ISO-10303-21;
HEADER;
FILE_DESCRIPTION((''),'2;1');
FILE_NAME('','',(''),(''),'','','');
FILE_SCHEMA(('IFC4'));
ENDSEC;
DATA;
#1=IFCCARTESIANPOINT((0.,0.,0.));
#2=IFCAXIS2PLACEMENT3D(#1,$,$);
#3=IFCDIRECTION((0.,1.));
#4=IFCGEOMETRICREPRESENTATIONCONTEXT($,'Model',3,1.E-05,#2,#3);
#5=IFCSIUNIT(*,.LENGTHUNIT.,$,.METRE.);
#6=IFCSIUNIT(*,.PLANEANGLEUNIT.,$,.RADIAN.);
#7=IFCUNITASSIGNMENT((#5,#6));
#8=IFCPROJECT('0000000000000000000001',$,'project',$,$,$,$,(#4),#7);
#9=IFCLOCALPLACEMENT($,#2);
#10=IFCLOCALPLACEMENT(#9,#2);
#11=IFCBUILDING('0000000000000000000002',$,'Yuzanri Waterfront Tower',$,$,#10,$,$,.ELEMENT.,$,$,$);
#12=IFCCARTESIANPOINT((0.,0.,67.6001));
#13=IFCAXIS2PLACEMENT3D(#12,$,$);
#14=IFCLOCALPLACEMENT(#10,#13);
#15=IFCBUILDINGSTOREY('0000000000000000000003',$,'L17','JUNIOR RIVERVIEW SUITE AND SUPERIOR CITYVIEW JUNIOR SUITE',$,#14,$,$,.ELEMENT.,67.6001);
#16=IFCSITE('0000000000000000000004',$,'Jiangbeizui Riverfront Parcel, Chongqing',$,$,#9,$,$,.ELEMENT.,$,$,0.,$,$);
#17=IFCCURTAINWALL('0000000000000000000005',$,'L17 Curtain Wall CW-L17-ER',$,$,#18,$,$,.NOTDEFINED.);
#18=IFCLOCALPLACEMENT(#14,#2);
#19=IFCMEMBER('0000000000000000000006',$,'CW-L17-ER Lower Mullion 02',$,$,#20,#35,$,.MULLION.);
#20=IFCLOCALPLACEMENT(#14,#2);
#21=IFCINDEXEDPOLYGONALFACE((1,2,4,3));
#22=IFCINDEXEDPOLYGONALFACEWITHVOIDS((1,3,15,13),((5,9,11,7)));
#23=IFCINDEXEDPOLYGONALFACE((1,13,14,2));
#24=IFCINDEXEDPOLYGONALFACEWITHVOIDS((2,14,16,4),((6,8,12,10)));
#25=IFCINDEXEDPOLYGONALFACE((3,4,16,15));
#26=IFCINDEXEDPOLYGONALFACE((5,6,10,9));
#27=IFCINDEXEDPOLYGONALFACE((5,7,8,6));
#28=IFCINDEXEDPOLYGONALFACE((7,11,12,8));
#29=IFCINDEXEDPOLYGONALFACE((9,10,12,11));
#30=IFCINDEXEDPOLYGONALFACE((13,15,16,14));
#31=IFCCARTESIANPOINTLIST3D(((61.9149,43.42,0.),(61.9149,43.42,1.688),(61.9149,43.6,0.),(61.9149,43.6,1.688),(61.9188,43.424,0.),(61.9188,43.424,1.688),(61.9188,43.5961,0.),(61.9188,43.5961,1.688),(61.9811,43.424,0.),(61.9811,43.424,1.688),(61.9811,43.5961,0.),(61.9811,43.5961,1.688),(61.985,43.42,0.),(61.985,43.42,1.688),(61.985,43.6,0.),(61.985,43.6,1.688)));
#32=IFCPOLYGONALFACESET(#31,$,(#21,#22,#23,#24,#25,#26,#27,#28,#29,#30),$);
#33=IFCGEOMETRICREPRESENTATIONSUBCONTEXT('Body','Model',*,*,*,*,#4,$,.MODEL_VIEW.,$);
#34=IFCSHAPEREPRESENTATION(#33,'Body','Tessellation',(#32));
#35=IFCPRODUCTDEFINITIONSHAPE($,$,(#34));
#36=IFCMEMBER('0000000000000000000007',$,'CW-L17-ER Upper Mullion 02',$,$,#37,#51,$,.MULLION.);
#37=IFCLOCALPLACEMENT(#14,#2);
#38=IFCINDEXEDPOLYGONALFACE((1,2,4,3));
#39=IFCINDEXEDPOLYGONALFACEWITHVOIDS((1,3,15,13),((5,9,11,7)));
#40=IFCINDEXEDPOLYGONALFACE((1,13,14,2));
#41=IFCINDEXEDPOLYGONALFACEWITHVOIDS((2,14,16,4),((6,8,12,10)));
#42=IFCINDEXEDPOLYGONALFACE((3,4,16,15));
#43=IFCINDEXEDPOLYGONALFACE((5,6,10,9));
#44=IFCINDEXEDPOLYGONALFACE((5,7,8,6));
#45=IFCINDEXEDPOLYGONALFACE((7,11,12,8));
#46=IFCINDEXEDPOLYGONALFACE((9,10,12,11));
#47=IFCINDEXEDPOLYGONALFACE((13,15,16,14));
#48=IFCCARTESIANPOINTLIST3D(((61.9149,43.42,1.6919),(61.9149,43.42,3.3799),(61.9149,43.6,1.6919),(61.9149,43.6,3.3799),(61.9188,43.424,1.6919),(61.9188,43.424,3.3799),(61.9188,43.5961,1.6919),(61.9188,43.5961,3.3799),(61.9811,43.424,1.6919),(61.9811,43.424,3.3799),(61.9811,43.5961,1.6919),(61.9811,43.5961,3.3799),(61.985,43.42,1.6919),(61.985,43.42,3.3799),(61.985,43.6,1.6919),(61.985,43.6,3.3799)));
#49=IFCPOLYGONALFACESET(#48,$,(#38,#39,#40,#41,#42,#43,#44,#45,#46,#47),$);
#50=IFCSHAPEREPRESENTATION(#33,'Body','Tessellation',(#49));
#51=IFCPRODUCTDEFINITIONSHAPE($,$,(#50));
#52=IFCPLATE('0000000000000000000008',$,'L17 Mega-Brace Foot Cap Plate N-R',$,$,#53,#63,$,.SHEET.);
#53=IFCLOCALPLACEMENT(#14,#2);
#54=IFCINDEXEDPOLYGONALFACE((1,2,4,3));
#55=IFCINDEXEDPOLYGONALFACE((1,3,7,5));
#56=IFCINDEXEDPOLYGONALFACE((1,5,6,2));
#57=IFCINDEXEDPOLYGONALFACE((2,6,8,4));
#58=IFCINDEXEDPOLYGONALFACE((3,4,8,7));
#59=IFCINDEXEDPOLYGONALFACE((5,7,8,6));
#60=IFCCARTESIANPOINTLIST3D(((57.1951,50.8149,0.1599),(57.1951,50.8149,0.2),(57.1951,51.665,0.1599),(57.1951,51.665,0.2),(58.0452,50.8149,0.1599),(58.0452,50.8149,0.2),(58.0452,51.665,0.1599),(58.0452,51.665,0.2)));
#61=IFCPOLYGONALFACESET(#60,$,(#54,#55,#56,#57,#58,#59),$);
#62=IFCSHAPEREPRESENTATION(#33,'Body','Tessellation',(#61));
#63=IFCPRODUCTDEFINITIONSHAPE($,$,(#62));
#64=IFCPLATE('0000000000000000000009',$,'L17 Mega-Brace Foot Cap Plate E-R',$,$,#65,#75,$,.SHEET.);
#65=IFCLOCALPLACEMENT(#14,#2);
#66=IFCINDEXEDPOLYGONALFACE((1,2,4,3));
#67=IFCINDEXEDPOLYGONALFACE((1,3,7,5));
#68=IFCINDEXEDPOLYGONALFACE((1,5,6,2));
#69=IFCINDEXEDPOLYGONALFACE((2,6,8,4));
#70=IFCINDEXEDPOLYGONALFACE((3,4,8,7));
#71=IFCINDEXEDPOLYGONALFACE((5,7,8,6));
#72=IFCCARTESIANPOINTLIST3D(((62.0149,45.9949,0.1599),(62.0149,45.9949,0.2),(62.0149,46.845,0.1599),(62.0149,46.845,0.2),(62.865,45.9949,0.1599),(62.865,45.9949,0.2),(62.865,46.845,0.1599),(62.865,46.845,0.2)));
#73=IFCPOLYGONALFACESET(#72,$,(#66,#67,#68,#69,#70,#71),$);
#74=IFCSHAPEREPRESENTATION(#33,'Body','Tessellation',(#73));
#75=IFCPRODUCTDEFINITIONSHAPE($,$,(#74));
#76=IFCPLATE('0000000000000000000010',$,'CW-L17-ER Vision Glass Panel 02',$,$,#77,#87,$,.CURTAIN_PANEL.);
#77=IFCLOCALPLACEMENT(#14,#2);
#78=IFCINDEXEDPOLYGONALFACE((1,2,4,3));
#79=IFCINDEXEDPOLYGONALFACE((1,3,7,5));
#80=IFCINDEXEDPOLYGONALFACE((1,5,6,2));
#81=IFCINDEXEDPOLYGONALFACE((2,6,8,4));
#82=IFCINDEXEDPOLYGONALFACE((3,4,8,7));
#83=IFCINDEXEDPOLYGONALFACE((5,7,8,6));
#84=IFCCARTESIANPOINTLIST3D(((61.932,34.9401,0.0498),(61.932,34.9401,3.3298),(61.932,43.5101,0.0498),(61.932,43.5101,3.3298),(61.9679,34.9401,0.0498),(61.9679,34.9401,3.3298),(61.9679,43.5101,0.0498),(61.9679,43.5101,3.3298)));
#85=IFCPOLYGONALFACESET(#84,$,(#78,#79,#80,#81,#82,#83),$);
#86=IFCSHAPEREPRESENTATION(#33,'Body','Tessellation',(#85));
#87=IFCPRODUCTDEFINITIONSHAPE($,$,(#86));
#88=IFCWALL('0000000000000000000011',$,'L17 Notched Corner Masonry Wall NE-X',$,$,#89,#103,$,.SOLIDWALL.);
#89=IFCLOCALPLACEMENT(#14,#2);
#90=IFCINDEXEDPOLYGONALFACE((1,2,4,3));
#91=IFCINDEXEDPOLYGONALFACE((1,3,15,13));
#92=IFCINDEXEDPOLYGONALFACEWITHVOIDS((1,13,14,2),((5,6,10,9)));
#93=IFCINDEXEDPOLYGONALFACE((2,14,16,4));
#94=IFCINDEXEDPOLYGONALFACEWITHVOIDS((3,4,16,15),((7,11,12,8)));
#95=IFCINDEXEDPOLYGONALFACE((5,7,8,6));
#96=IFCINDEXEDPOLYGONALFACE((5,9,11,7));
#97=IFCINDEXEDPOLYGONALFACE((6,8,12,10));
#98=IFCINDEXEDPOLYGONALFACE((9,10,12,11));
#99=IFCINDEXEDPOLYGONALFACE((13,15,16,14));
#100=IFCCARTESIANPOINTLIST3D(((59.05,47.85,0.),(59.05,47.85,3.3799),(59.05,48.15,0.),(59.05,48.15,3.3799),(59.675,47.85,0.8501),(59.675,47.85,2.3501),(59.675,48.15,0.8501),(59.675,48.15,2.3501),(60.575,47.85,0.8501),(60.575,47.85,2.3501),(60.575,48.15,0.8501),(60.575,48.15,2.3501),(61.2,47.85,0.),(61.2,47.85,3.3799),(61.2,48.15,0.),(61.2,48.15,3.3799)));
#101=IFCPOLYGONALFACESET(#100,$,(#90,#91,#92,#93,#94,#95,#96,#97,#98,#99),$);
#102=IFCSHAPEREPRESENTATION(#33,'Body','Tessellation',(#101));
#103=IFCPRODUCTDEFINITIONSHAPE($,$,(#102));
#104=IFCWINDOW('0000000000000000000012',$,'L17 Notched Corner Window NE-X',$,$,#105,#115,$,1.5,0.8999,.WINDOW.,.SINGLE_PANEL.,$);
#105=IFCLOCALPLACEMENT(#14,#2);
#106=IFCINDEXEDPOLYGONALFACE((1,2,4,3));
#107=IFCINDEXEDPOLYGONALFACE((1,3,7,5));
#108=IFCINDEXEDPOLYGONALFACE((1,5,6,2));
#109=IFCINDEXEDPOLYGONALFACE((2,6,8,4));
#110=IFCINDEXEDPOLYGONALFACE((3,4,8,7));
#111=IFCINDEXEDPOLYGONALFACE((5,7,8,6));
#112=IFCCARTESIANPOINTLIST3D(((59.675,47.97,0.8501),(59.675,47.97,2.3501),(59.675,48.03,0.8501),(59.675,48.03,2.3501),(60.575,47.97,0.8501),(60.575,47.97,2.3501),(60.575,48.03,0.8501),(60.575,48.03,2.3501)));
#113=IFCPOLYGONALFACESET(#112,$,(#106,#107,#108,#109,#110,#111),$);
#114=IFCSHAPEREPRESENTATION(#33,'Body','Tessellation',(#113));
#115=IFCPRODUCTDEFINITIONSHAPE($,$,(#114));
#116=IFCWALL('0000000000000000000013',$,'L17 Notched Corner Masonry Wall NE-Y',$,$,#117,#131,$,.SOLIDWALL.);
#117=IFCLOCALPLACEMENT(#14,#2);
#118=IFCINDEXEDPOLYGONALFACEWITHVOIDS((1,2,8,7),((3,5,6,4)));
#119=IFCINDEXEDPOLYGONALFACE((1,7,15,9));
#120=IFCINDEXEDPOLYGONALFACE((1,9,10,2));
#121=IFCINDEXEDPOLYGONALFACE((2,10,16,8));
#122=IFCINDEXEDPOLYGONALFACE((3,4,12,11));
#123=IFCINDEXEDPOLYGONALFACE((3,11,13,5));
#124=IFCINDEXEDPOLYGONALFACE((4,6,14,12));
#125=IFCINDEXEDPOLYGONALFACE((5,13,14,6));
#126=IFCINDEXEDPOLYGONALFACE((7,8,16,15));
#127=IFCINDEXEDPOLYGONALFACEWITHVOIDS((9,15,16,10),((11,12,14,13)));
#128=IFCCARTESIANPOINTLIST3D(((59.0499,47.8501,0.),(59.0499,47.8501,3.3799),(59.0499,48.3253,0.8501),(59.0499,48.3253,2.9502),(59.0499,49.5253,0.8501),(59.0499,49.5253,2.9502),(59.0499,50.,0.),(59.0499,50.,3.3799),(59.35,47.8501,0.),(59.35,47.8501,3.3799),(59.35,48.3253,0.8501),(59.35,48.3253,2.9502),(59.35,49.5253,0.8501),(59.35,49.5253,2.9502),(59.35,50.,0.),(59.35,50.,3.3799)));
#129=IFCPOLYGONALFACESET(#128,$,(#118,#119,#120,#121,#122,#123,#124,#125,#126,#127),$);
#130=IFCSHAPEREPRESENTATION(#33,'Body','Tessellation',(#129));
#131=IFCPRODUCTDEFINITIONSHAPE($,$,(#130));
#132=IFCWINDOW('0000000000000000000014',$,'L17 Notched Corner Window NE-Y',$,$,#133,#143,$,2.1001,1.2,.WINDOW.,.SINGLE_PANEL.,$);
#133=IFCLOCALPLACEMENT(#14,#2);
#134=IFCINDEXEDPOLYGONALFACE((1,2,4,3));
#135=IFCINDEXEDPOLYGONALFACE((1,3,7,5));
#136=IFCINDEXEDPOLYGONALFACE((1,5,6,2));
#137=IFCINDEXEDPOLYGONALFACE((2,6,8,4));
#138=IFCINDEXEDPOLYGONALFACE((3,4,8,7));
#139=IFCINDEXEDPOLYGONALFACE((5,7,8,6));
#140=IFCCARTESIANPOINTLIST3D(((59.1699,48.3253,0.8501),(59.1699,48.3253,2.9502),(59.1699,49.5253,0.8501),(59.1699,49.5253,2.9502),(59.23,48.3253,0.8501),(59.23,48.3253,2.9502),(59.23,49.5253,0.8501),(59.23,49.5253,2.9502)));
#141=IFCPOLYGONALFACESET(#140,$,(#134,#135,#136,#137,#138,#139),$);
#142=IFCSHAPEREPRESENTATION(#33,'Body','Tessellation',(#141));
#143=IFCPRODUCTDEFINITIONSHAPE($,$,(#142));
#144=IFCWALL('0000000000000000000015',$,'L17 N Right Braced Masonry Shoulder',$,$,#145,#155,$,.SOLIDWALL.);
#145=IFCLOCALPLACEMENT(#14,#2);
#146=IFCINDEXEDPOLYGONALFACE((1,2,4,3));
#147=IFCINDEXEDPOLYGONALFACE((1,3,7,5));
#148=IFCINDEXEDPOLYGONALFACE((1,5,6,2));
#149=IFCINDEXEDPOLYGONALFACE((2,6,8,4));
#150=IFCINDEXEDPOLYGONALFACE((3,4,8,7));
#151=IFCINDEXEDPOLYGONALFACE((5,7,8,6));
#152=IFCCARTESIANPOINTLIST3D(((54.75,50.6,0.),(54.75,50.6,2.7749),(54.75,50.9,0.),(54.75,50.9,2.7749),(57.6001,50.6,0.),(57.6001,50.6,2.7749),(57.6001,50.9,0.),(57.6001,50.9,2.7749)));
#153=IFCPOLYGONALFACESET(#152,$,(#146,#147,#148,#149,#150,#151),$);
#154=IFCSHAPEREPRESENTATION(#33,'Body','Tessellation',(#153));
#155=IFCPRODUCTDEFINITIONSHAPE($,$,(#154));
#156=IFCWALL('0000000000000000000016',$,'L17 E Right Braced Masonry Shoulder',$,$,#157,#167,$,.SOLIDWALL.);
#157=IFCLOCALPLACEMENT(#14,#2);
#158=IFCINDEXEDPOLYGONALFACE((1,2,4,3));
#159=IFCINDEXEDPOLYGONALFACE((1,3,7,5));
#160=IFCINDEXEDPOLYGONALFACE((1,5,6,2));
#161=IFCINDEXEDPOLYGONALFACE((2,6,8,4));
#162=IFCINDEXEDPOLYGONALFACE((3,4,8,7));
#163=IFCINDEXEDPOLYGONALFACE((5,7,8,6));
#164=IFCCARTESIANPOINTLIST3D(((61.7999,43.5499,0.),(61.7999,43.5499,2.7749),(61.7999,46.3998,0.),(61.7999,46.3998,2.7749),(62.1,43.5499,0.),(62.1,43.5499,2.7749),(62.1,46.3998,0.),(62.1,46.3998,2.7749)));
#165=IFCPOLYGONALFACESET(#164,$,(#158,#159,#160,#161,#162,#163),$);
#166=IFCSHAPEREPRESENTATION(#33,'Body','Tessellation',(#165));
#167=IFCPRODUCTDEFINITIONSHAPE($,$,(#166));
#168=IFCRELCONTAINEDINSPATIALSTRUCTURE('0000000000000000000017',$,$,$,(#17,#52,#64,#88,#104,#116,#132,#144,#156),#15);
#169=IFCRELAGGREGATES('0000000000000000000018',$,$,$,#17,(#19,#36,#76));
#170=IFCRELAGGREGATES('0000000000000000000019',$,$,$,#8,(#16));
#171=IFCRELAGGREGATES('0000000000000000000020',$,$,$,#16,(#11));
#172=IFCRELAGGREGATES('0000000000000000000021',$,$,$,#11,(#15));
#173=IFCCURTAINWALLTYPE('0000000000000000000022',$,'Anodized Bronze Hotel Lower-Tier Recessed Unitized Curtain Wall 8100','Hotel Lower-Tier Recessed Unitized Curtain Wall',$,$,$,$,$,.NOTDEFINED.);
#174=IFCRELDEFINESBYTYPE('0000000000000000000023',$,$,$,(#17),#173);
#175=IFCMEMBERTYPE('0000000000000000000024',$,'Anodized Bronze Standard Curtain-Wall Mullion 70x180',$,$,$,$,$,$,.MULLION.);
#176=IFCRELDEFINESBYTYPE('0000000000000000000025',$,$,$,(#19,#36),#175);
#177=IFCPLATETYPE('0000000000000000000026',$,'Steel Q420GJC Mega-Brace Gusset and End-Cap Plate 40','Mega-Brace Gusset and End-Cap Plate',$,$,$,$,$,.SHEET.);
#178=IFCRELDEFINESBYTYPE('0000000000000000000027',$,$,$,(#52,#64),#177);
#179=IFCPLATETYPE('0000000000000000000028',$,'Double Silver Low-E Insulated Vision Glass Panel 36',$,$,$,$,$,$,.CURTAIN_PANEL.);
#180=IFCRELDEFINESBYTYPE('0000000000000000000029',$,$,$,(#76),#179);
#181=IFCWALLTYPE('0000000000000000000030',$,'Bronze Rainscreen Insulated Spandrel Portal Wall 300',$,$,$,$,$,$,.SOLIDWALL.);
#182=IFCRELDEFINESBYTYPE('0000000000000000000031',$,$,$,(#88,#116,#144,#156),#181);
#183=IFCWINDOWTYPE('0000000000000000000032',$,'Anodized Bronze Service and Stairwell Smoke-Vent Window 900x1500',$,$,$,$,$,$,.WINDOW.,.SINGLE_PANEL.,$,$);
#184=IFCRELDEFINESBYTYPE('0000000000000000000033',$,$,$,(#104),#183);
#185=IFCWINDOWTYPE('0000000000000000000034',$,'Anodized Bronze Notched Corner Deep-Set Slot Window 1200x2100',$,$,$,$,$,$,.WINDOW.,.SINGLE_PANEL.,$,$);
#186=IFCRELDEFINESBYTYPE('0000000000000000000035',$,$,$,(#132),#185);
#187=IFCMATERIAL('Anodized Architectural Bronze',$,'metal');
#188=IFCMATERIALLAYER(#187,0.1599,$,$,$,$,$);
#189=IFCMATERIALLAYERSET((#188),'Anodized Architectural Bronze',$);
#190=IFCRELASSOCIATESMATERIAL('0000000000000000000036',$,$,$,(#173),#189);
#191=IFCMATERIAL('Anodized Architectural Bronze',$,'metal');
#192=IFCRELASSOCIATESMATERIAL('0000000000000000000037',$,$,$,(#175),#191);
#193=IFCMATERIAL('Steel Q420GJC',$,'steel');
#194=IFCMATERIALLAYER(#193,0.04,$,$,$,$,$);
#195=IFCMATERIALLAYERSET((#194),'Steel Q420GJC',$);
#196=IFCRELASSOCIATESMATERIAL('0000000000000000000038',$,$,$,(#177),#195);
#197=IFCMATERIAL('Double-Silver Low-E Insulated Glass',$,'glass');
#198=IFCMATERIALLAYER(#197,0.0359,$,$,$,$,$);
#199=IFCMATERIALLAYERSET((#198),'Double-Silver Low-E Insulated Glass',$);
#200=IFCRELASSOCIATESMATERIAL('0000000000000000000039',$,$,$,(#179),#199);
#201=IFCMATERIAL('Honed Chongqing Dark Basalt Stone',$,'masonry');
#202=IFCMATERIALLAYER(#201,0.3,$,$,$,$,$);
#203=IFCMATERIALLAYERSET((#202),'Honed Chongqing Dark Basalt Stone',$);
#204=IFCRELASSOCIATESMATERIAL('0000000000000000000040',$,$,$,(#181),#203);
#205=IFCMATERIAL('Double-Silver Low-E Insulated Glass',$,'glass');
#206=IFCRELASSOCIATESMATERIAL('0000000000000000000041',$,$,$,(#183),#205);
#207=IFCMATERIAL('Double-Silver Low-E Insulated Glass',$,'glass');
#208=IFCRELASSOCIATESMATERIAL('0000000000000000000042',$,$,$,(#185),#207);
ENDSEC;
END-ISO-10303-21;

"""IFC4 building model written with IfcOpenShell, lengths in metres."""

from ifc_helpers import new_model, si_unit, direction, frame, frame_2d, origin, origin_2d, place, context, subcontext, project, spatial, rectangle, hollow_rectangle, extrude, source, transform, mapped, material, layer, layer_set, material_profile, profile_set, type_object, element, fill, aggregate, save


model = new_model("IFC4")

# Units and contexts
model_context = context("Model", 3, precision=1e-05, world=origin(), true_north=direction((0.0, 1.0)))
body_context = subcontext(model_context, "Body", "Model", "MODEL_VIEW")
ifc_project = project(units=[si_unit("LENGTHUNIT", "METRE"), si_unit("PLANEANGLEUNIT", "RADIAN")], contexts=[model_context])

# Site, building, storey
site_placement = place(None, origin())
site = spatial("IfcSite", under=ifc_project, at=site_placement, Name="Jiangbeizui Riverfront Parcel, Chongqing", CompositionType="ELEMENT", RefElevation=0.0)
building_placement = place(site_placement, origin())
building = spatial("IfcBuilding", under=site, at=building_placement, Name="Yuzanri Waterfront Tower", CompositionType="ELEMENT")
storey_placement = place(building_placement, frame((0.0, 0.0, 67.6001)))
storey = spatial("IfcBuildingStorey", under=building, at=storey_placement, Name="L17", Description="JUNIOR RIVERVIEW SUITE AND SUPERIOR CITYVIEW JUNIOR SUITE", CompositionType="ELEMENT", Elevation=67.6001)

# Curtain wall, members
ifc_material_1 = material(Name="Anodized Architectural Bronze", Category="metal")
ifc_layer_1 = layer(ifc_material_1, 0.1599)
ifc_layer_set_1 = layer_set([ifc_layer_1], Name="Anodized Architectural Bronze")
curtain_wall_type = type_object("IfcCurtainWallType", Name="Anodized Bronze Hotel Lower-Tier Recessed Unitized Curtain Wall 8100", Description="Hotel Lower-Tier Recessed Unitized Curtain Wall", PredefinedType="NOTDEFINED", material=ifc_layer_set_1)
ifc_material_2 = material(Name="Anodized Architectural Bronze", Category="metal")
ifc_material_profile_1 = material_profile(ifc_material_2, hollow_rectangle(XDim=0.0701, YDim=0.1799, WallThickness=0.0039, at=origin_2d()), Name="CWM 70x180")
ifc_profile_set_1 = profile_set([ifc_material_profile_1], Name="Anodized Architectural Bronze")
member_type_1 = type_object("IfcMemberType", Name="Anodized Bronze Standard Curtain-Wall Mullion 70x180", PredefinedType="MULLION", material=ifc_profile_set_1)
shared_shape_1 = source(origin(), body_context, "Body", "SweptSolid", [
    extrude(hollow_rectangle(XDim=0.0701, YDim=0.1799, WallThickness=0.0039, at=origin_2d()), origin(), (0.0, 0.0, 1.0), 1.688),
])
curtain_wall_1_placement = place(storey_placement, origin())
curtain_wall_1 = element("IfcCurtainWall", 1, at=curtain_wall_1_placement, inside=storey, type_object=curtain_wall_type, Name="L17 Curtain Wall CW-L17-ER", PredefinedType="NOTDEFINED")
member_1_placement = place(storey_placement, frame((61.95, 43.51, 0.0), z_axis=(0.0, 0.0, 1.0), x_axis=(1.0, 0.0, 0.0)))
member_1 = element("IfcMember", 2, at=member_1_placement, type_object=member_type_1, Name="CW-L17-ER Lower Mullion 02", PredefinedType="MULLION", context=body_context, shape_type="MappedRepresentation", body=[
    mapped(shared_shape_1, transform((0.0, 0.0, 0.0), scale=1.0)),
])
member_2_placement = place(storey_placement, frame((61.95, 43.51, 1.6919), z_axis=(0.0, 0.0, 1.0), x_axis=(1.0, 0.0, 0.0)))
member_2 = element("IfcMember", 3, at=member_2_placement, type_object=member_type_1, Name="CW-L17-ER Upper Mullion 02", PredefinedType="MULLION", context=body_context, shape_type="MappedRepresentation", body=[
    mapped(shared_shape_1, transform((0.0, 0.0, 0.0), scale=1.0)),
])

# Plates
ifc_material_3 = material(Name="Steel Q420GJC", Category="steel")
ifc_layer_2 = layer(ifc_material_3, 0.04)
ifc_layer_set_2 = layer_set([ifc_layer_2], Name="Steel Q420GJC")
plate_type_1 = type_object("IfcPlateType", Name="Steel Q420GJC Mega-Brace Gusset and End-Cap Plate 40", Description="Mega-Brace Gusset and End-Cap Plate", PredefinedType="SHEET", material=ifc_layer_set_2)
shared_shape_2 = source(origin(), body_context, "Body", "SweptSolid", [
    extrude(rectangle(XDim=0.8501, YDim=0.8501, at=origin_2d()), origin(), (0.0, 0.0, 1.0), 0.04),
])
for number, where, z_axis, x_axis, name in (
    (4, (57.6201, 51.24, 0.1599), (0.0, 0.0, 1.0), (1.0, 0.0, 0.0), "L17 Mega-Brace Foot Cap Plate N-R"),
    (5, (62.4399, 46.4199, 0.1599), (0.0, 0.0, 1.0), (1.0, 0.0, 0.0), "L17 Mega-Brace Foot Cap Plate E-R"),
):
    element("IfcPlate", number, at=place(storey_placement, frame(where, z_axis=z_axis, x_axis=x_axis)), inside=storey, type_object=plate_type_1, Name=name, PredefinedType="SHEET", context=body_context, shape_type="MappedRepresentation", body=[
        mapped(shared_shape_2, transform((0.0, 0.0, 0.0), scale=1.0)),
    ])

# Plate
ifc_material_4 = material(Name="Double-Silver Low-E Insulated Glass", Category="glass")
ifc_layer_3 = layer(ifc_material_4, 0.0359)
ifc_layer_set_3 = layer_set([ifc_layer_3], Name="Double-Silver Low-E Insulated Glass")
plate_type_2 = type_object("IfcPlateType", Name="Double Silver Low-E Insulated Vision Glass Panel 36", PredefinedType="CURTAIN_PANEL", material=ifc_layer_set_3)
shared_shape_3 = source(origin(), body_context, "Body", "SweptSolid", [
    extrude(rectangle(XDim=8.5701, YDim=0.0359, at=origin_2d()), origin(), (0.0, 0.0, 1.0), 3.28),
])
plate_placement = place(storey_placement, frame((61.95, 39.2251, 0.0498), z_axis=(0.0, 0.0, 1.0), x_axis=(0.0, 1.0, 0.0)))
plate = element("IfcPlate", 6, at=plate_placement, type_object=plate_type_2, Name="CW-L17-ER Vision Glass Panel 02", PredefinedType="CURTAIN_PANEL", context=body_context, shape_type="MappedRepresentation", body=[
    mapped(shared_shape_3, transform((0.0, 0.0, 0.0), scale=1.0)),
])
aggregate(curtain_wall_1, [member_1, member_2, plate])

# Walls, openings, windows
ifc_material_5 = material(Name="Honed Chongqing Dark Basalt Stone", Category="masonry")
ifc_layer_4 = layer(ifc_material_5, 0.3)
ifc_layer_set_4 = layer_set([ifc_layer_4], Name="Honed Chongqing Dark Basalt Stone")
wall_type_1 = type_object("IfcWallType", Name="Bronze Rainscreen Insulated Spandrel Portal Wall 300", PredefinedType="SOLIDWALL", material=ifc_layer_set_4)
wall_1_placement = place(storey_placement, frame((61.2, 48.0, 0.0), z_axis=(0.0, 0.0, 1.0), x_axis=(-1.0, 0.0, 0.0)))
wall_1 = element("IfcWall", 7, at=wall_1_placement, inside=storey, type_object=wall_type_1, Name="L17 Notched Corner Masonry Wall NE-X", PredefinedType="SOLIDWALL", context=body_context, shape_type="SweptSolid", body=[
    extrude(rectangle(XDim=2.1499, YDim=0.3, at=frame_2d((1.075, 0.0))), origin(), (0.0, 0.0, 1.0), 3.3799),
])
opening_1_placement = place(wall_1_placement, frame((0.625, 0.0, 0.8501)))
opening_1 = element("IfcOpeningElement", 8, at=opening_1_placement, cuts=wall_1, PredefinedType="OPENING", context=body_context, shape_type="SweptSolid", body=[
    extrude(rectangle(XDim=0.8999, YDim=1.5, at=frame_2d((0.45, 0.75))), frame((0.0, 0.165, 0.0), z_axis=(0.0, -1.0, 0.0), x_axis=(1.0, 0.0, 0.0)), (0.0, 0.0, 1.0), 0.3298),
])
ifc_material_6 = material(Name="Double-Silver Low-E Insulated Glass", Category="glass")
window_type_1 = type_object("IfcWindowType", Name="Anodized Bronze Service and Stairwell Smoke-Vent Window 900x1500", PartitioningType="SINGLE_PANEL", PredefinedType="WINDOW", material=ifc_material_6)
shared_shape_4 = source(origin(), body_context, "Body", "SweptSolid", [
    extrude(rectangle(XDim=0.8999, YDim=1.5, at=frame_2d((0.45, 0.75))), frame((0.0, 0.03, 0.0), z_axis=(0.0, -1.0, 0.0), x_axis=(1.0, 0.0, 0.0)), (0.0, 0.0, 1.0), 0.0601),
])
window_1_placement = place(opening_1_placement, origin())
window_1 = element("IfcWindow", 9, at=window_1_placement, inside=storey, type_object=window_type_1, Name="L17 Notched Corner Window NE-X", OverallHeight=1.5, OverallWidth=0.8999, PartitioningType="SINGLE_PANEL", PredefinedType="WINDOW", context=body_context, shape_type="MappedRepresentation", body=[
    mapped(shared_shape_4, transform((0.0, 0.0, 0.0), scale=1.0)),
])
fill(opening_1, window_1)
wall_2_placement = place(storey_placement, frame((59.2, 47.8501, 0.0), z_axis=(0.0, 0.0, 1.0), x_axis=(0.0, 1.0, 0.0)))
wall_2 = element("IfcWall", 10, at=wall_2_placement, inside=storey, type_object=wall_type_1, Name="L17 Notched Corner Masonry Wall NE-Y", PredefinedType="SOLIDWALL", context=body_context, shape_type="SweptSolid", body=[
    extrude(rectangle(XDim=2.1499, YDim=0.3, at=frame_2d((1.075, 0.0))), origin(), (0.0, 0.0, 1.0), 3.3799),
])
opening_2_placement = place(wall_2_placement, frame((0.4751, 0.0, 0.8501)))
opening_2 = element("IfcOpeningElement", 11, at=opening_2_placement, cuts=wall_2, PredefinedType="OPENING", context=body_context, shape_type="SweptSolid", body=[
    extrude(rectangle(XDim=1.2, YDim=2.1001, at=frame_2d((0.6001, 1.05))), frame((0.0, 0.165, 0.0), z_axis=(0.0, -1.0, 0.0), x_axis=(1.0, 0.0, 0.0)), (0.0, 0.0, 1.0), 0.3298),
])
ifc_material_7 = material(Name="Double-Silver Low-E Insulated Glass", Category="glass")
window_type_2 = type_object("IfcWindowType", Name="Anodized Bronze Notched Corner Deep-Set Slot Window 1200x2100", PartitioningType="SINGLE_PANEL", PredefinedType="WINDOW", material=ifc_material_7)
shared_shape_5 = source(origin(), body_context, "Body", "SweptSolid", [
    extrude(rectangle(XDim=1.2, YDim=2.1001, at=frame_2d((0.6001, 1.05))), frame((0.0, 0.03, 0.0), z_axis=(0.0, -1.0, 0.0), x_axis=(1.0, 0.0, 0.0)), (0.0, 0.0, 1.0), 0.0601),
])
window_2_placement = place(opening_2_placement, origin())
window_2 = element("IfcWindow", 12, at=window_2_placement, inside=storey, type_object=window_type_2, Name="L17 Notched Corner Window NE-Y", OverallHeight=2.1001, OverallWidth=1.2, PartitioningType="SINGLE_PANEL", PredefinedType="WINDOW", context=body_context, shape_type="MappedRepresentation", body=[
    mapped(shared_shape_5, transform((0.0, 0.0, 0.0), scale=1.0)),
])
fill(opening_2, window_2)

# Walls
shared_shape_6 = source(origin(), body_context, "Body", "SweptSolid", [
    extrude(rectangle(XDim=2.8501, YDim=0.3, at=frame_2d((1.425, 0.0))), origin(), (0.0, 0.0, 1.0), 2.7749),
])
wall_3_placement = place(storey_placement, frame((54.75, 50.75, 0.0), z_axis=(0.0, 0.0, 1.0), x_axis=(1.0, 0.0, 0.0)))
element("IfcWall", 13, at=wall_3_placement, inside=storey, type_object=wall_type_1, Name="L17 N Right Braced Masonry Shoulder", PredefinedType="SOLIDWALL", context=body_context, shape_type="MappedRepresentation", body=[
    mapped(shared_shape_6, transform((0.0, 0.0, 0.0), scale=1.0)),
])
shared_shape_7 = source(origin(), body_context, "Body", "SweptSolid", [
    extrude(rectangle(XDim=2.8499, YDim=0.3, at=frame_2d((1.4248, 0.0))), origin(), (0.0, 0.0, 1.0), 2.7749),
])
wall_4_placement = place(storey_placement, frame((61.95, 43.55, 0.0), z_axis=(0.0, 0.0, 1.0), x_axis=(0.0, 1.0, 0.0)))
element("IfcWall", 14, at=wall_4_placement, inside=storey, type_object=wall_type_1, Name="L17 E Right Braced Masonry Shoulder", PredefinedType="SOLIDWALL", context=body_context, shape_type="MappedRepresentation", body=[
    mapped(shared_shape_7, transform((0.0, 0.0, 0.0), scale=1.0)),
])

save(model, "model.ifc")
